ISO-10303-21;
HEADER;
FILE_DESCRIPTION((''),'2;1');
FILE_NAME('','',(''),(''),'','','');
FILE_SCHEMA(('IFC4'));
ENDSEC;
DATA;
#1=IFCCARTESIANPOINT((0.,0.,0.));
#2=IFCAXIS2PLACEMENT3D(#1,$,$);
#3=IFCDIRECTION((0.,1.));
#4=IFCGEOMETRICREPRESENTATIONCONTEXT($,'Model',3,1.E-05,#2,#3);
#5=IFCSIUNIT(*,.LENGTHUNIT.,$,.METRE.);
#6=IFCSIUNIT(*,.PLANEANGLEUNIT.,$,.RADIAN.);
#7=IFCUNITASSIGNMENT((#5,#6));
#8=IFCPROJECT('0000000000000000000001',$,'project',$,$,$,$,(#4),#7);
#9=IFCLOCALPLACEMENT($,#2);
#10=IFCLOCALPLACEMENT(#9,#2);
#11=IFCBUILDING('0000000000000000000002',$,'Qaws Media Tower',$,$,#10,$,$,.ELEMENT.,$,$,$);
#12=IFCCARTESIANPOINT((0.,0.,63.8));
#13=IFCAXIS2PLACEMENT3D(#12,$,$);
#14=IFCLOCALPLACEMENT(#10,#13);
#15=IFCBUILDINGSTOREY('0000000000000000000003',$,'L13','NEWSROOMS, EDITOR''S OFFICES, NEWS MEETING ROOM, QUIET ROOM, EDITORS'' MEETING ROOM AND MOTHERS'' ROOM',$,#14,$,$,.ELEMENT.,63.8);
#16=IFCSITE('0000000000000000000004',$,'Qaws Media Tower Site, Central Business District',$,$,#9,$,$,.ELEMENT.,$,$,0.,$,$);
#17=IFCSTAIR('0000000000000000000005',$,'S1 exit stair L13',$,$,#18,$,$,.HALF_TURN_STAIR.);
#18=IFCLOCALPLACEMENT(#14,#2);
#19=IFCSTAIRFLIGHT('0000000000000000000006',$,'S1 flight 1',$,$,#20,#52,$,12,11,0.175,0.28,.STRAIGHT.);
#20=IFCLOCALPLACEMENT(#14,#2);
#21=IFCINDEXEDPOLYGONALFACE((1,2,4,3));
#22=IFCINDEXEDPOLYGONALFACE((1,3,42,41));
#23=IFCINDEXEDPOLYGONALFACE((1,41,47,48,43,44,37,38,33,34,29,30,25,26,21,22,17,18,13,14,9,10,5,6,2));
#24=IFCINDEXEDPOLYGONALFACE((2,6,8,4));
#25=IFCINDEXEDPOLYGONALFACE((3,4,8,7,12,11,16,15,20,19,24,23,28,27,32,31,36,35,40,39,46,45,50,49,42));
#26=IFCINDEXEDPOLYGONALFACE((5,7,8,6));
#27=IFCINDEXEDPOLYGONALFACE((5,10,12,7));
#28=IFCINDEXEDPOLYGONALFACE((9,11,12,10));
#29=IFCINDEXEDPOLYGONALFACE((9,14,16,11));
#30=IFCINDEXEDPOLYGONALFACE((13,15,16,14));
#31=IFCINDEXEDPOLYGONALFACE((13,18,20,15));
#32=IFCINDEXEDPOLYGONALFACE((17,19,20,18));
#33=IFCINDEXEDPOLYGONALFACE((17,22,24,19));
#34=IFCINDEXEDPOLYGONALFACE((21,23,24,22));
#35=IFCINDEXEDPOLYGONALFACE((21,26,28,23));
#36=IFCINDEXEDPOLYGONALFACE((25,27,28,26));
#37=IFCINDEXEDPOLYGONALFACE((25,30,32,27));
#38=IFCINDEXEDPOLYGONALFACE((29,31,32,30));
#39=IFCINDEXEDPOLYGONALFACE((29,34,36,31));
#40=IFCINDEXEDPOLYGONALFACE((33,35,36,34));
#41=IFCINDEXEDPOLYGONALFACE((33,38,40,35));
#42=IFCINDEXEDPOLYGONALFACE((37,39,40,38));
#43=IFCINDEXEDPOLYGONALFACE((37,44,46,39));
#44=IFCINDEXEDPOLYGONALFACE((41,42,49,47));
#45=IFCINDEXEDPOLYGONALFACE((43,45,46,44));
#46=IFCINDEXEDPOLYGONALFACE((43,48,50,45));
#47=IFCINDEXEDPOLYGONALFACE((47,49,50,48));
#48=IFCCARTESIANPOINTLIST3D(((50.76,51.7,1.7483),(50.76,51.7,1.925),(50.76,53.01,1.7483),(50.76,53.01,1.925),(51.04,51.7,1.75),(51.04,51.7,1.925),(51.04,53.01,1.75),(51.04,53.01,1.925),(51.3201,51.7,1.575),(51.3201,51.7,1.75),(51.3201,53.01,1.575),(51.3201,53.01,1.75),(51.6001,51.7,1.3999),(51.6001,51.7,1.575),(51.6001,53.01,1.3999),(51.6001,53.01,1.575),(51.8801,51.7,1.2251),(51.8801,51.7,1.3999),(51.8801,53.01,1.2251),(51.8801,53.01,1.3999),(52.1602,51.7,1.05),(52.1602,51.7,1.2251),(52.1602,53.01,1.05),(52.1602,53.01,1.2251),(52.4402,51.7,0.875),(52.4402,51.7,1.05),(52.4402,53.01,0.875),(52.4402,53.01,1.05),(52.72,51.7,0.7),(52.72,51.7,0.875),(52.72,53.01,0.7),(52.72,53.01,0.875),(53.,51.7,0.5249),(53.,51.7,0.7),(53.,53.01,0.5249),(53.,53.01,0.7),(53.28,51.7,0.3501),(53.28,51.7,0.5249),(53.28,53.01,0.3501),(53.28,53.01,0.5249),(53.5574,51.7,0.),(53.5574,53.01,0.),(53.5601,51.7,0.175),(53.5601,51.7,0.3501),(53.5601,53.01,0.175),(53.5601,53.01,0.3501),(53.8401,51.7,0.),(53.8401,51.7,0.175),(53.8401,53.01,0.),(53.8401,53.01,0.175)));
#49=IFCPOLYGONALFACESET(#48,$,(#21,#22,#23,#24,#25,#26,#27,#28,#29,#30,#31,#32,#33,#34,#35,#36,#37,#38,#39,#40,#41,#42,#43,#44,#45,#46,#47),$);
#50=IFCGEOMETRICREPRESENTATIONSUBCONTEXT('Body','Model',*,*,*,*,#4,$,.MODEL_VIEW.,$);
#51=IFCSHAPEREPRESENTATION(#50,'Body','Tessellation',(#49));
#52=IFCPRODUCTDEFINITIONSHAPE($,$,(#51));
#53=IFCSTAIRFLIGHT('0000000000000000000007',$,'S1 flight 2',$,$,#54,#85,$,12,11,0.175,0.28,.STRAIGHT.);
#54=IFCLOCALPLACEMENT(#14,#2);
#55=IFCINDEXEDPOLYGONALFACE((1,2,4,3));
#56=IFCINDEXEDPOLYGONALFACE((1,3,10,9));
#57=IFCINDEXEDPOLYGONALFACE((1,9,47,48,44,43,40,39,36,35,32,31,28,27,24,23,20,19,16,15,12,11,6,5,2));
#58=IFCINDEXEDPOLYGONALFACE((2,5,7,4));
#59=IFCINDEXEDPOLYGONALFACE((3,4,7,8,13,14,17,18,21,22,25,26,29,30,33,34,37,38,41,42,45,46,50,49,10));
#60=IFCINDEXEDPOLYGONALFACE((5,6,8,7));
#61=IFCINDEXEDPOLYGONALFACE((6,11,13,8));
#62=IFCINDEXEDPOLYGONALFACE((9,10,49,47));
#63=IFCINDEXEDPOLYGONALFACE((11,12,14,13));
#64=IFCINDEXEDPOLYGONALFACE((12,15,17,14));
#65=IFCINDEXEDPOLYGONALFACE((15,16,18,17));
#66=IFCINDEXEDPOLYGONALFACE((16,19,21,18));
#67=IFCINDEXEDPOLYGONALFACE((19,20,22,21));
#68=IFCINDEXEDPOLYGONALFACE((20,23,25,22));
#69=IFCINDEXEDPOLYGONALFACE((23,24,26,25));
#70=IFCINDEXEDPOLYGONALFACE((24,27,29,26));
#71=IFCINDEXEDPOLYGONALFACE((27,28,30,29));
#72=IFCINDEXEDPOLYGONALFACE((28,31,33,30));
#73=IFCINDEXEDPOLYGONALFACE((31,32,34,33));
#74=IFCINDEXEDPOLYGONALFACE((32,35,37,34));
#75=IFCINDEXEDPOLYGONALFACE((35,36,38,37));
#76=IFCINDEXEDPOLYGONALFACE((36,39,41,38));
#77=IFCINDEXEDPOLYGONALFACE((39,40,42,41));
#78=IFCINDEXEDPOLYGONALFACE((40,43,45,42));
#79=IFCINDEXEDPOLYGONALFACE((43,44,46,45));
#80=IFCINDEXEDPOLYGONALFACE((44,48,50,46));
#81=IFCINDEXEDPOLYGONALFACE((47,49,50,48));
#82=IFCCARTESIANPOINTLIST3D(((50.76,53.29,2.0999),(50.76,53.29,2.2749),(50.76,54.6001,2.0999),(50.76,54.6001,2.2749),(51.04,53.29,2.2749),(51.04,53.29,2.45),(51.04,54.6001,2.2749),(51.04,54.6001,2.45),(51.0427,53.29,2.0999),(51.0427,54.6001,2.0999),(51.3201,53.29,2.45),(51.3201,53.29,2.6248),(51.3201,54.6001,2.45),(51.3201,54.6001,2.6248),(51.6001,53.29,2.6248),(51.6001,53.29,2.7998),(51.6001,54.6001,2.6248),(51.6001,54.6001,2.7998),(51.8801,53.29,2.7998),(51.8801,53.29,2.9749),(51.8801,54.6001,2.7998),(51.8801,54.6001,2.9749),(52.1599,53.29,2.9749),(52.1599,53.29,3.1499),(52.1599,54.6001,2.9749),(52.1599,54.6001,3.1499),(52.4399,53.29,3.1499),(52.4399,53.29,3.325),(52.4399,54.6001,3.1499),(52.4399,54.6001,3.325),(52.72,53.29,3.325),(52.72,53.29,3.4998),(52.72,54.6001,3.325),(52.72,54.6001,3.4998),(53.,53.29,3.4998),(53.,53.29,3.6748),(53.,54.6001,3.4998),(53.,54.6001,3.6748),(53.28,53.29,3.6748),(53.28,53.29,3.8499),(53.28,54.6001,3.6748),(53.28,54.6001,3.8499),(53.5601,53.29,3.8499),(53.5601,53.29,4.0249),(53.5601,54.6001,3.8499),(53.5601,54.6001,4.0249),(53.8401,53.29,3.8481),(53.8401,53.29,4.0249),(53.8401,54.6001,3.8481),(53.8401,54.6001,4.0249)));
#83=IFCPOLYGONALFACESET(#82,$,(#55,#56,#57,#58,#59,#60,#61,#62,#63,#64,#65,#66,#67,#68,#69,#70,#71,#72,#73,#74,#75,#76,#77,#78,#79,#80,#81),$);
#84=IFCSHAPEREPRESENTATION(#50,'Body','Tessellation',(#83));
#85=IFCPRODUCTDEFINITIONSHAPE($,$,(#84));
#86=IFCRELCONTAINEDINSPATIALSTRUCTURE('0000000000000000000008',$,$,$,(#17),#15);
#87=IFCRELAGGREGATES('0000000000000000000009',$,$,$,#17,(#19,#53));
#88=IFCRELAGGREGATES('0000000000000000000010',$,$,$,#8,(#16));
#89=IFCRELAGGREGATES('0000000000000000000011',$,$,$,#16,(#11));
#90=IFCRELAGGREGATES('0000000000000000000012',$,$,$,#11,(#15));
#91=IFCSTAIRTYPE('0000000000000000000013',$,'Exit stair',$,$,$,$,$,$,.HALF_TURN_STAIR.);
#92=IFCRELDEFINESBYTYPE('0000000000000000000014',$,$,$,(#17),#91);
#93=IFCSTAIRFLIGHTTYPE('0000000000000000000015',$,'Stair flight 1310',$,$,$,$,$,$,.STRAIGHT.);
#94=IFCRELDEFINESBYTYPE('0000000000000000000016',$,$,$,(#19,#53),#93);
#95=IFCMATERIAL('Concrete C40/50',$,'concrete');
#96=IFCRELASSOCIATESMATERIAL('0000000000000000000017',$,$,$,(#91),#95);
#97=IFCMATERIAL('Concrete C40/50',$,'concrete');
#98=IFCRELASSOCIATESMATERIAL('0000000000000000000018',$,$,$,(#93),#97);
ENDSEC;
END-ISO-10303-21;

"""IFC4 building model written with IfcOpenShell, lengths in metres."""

from ifc_helpers import new_model, si_unit, direction, frame, origin, place, context, subcontext, project, spatial, polyline, outline, extrude, material, type_object, element, aggregate, save


model = new_model("IFC4")

# Units and contexts
model_context = context("Model", 3, precision=1e-05, world=origin(), true_north=direction((0.0, 1.0)))
body_context = subcontext(model_context, "Body", "Model", "MODEL_VIEW")
ifc_project = project(units=[si_unit("LENGTHUNIT", "METRE"), si_unit("PLANEANGLEUNIT", "RADIAN")], contexts=[model_context])

# Site, building, storey
site_placement = place(None, origin())
site = spatial("IfcSite", under=ifc_project, at=site_placement, Name="Qaws Media Tower Site, Central Business District", CompositionType="ELEMENT", RefElevation=0.0)
building_placement = place(site_placement, origin())
building = spatial("IfcBuilding", under=site, at=building_placement, Name="Qaws Media Tower", CompositionType="ELEMENT")
storey_placement = place(building_placement, frame((0.0, 0.0, 63.8)))
storey = spatial("IfcBuildingStorey", under=building, at=storey_placement, Name="L13", Description="NEWSROOMS, EDITOR'S OFFICES, NEWS MEETING ROOM, QUIET ROOM, EDITORS' MEETING ROOM AND MOTHERS' ROOM", CompositionType="ELEMENT", Elevation=63.8)

# Stair, stair flights
ifc_material_1 = material(Name="Concrete C40/50", Category="concrete")
stair_type = type_object("IfcStairType", Name="Exit stair", PredefinedType="HALF_TURN_STAIR", material=ifc_material_1)
stair_placement = place(storey_placement, origin())
stair = element("IfcStair", 1, at=stair_placement, inside=storey, type_object=stair_type, Name="S1 exit stair L13", PredefinedType="HALF_TURN_STAIR")
ifc_material_2 = material(Name="Concrete C40/50", Category="concrete")
stair_flight_type = type_object("IfcStairFlightType", Name="Stair flight 1310", PredefinedType="STRAIGHT", material=ifc_material_2)
stair_flight_1_placement = place(storey_placement, frame((53.8401, 52.355, 0.0), z_axis=(0.0, 0.0, 1.0), x_axis=(-1.0, 0.0, 0.0)))
stair_flight_1 = element("IfcStairFlight", 2, at=stair_flight_1_placement, type_object=stair_flight_type, Name="S1 flight 1", NumberOfRisers=12, NumberOfTreads=11, PredefinedType="STRAIGHT", RiserHeight=0.175, TreadLength=0.28, context=body_context, shape_type="SweptSolid", body=[
    extrude(outline(polyline([(0.0, 0.0), (0.0, 0.175), (0.28, 0.175), (0.28, 0.3501), (0.5601, 0.3501), (0.5601, 0.5249), (0.8401, 0.5249), (0.8401, 0.7), (1.1201, 0.7), (1.1201, 0.875), (1.3999, 0.875), (1.3999, 1.05), (1.6799, 1.05), (1.6799, 1.2251), (1.96, 1.2251), (1.96, 1.3999), (2.24, 1.3999), (2.24, 1.575), (2.52, 1.575), (2.52, 1.75), (2.8, 1.75), (2.8, 1.925), (3.0801, 1.925), (3.0801, 2.1001), (3.0801, 1.7483), (0.2827, 0.0), (0.0, 0.0)])), frame((0.0, 0.655, 0.0), z_axis=(0.0, -1.0, 0.0), x_axis=(1.0, 0.0, 0.0)), (0.0, 0.0, 1.0), 1.3101),
])
stair_flight_2_placement = place(storey_placement, frame((50.76, 53.9451, 2.0999), z_axis=(0.0, 0.0, 1.0), x_axis=(1.0, 0.0, 0.0)))
stair_flight_2 = element("IfcStairFlight", 3, at=stair_flight_2_placement, type_object=stair_flight_type, Name="S1 flight 2", NumberOfRisers=12, NumberOfTreads=11, PredefinedType="STRAIGHT", RiserHeight=0.175, TreadLength=0.28, context=body_context, shape_type="SweptSolid", body=[
    extrude(outline(polyline([(0.0, 0.0), (0.0, 0.175), (0.28, 0.175), (0.28, 0.3501), (0.5601, 0.3501), (0.5601, 0.5249), (0.8401, 0.5249), (0.8401, 0.7), (1.1201, 0.7), (1.1201, 0.875), (1.3999, 0.875), (1.3999, 1.05), (1.6799, 1.05), (1.6799, 1.2251), (1.96, 1.2251), (1.96, 1.3999), (2.24, 1.3999), (2.24, 1.575), (2.52, 1.575), (2.52, 1.75), (2.8, 1.75), (2.8, 1.925), (3.0801, 1.925), (3.0801, 2.1001), (3.0801, 1.7483), (0.2827, 0.0), (0.0, 0.0)])), frame((0.0, 0.655, 0.0), z_axis=(0.0, -1.0, 0.0), x_axis=(1.0, 0.0, 0.0)), (0.0, 0.0, 1.0), 1.3101),
])
aggregate(stair, [stair_flight_1, stair_flight_2])

save(model, "model.ifc")
